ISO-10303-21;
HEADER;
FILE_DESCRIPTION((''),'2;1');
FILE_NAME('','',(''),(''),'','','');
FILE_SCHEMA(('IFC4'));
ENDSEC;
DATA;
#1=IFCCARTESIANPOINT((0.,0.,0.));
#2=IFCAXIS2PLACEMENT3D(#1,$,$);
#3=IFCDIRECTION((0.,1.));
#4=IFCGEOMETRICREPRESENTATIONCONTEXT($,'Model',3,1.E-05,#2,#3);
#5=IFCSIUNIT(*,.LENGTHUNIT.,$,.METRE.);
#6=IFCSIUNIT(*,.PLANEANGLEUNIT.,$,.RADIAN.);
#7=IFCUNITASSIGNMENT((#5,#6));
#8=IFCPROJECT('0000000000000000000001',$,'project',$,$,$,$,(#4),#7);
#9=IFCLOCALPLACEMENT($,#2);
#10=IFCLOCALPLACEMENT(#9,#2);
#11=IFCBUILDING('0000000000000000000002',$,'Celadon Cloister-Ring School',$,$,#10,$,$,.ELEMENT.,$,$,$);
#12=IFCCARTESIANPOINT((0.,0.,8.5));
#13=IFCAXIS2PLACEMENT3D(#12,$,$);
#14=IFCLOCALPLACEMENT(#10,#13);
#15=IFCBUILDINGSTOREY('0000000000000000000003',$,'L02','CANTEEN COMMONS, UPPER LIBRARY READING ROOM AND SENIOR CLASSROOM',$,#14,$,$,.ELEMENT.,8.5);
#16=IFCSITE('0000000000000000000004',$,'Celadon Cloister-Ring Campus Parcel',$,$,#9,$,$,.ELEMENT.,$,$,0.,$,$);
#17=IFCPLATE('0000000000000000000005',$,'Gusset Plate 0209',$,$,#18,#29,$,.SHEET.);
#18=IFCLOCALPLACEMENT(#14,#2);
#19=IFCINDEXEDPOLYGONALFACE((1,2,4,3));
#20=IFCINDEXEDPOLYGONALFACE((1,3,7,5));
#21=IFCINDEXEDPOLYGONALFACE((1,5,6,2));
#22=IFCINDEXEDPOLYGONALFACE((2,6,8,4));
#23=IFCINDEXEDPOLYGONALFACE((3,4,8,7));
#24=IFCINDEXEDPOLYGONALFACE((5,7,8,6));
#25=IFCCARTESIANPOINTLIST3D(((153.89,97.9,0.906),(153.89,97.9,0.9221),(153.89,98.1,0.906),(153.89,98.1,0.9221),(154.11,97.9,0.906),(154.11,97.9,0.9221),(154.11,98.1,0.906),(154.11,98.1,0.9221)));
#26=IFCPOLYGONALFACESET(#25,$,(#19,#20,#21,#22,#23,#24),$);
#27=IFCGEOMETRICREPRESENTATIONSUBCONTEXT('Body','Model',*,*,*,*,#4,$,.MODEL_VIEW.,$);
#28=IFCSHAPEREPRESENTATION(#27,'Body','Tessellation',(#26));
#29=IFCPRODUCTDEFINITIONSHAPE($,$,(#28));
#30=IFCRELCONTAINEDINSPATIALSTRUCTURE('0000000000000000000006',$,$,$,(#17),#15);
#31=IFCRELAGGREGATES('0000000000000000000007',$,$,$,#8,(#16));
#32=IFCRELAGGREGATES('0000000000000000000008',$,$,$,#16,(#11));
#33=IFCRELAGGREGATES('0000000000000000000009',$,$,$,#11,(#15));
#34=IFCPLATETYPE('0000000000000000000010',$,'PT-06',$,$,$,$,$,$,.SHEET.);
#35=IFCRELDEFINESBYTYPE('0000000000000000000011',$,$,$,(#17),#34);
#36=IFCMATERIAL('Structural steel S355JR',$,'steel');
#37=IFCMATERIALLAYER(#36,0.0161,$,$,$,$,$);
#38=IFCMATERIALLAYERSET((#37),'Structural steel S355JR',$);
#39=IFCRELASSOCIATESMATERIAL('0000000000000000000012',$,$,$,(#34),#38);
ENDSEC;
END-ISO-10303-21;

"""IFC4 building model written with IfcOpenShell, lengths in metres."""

from ifc_helpers import new_model, si_unit, direction, frame, origin, origin_2d, place, context, subcontext, project, spatial, rectangle, extrude, material, layer, layer_set, type_object, element, save


model = new_model("IFC4")

# Units and contexts
model_context = context("Model", 3, precision=1e-05, world=origin(), true_north=direction((0.0, 1.0)))
body_context = subcontext(model_context, "Body", "Model", "MODEL_VIEW")
ifc_project = project(units=[si_unit("LENGTHUNIT", "METRE"), si_unit("PLANEANGLEUNIT", "RADIAN")], contexts=[model_context])

# Site, building, storey
site_placement = place(None, origin())
site = spatial("IfcSite", under=ifc_project, at=site_placement, Name="Celadon Cloister-Ring Campus Parcel", CompositionType="ELEMENT", RefElevation=0.0)
building_placement = place(site_placement, origin())
building = spatial("IfcBuilding", under=site, at=building_placement, Name="Celadon Cloister-Ring School", CompositionType="ELEMENT")
storey_placement = place(building_placement, frame((0.0, 0.0, 8.5)))
storey = spatial("IfcBuildingStorey", under=building, at=storey_placement, Name="L02", Description="CANTEEN COMMONS, UPPER LIBRARY READING ROOM AND SENIOR CLASSROOM", CompositionType="ELEMENT", Elevation=8.5)

# Plate
ifc_material_1 = material(Name="Structural steel S355JR", Category="steel")
ifc_layer_1 = layer(ifc_material_1, 0.0161)
ifc_layer_set_1 = layer_set([ifc_layer_1], Name="Structural steel S355JR")
plate_type_1 = type_object("IfcPlateType", Name="PT-06", PredefinedType="SHEET", material=ifc_layer_set_1)
for number, where, z_axis, x_axis, name in (
    (1, (154.0, 98.0, 0.906), (0.0, 0.0, 1.0), (1.0, 0.0, 0.0), "Gusset Plate 0209"),
):
    element("IfcPlate", number, at=place(storey_placement, frame(where, z_axis=z_axis, x_axis=x_axis)), inside=storey, type_object=plate_type_1, Name=name, PredefinedType="SHEET", context=body_context, shape_type="SweptSolid", body=[
        extrude(rectangle(XDim=0.22, YDim=0.2, at=origin_2d()), origin(), (0.0, 0.0, 1.0), 0.0161),
    ])

save(model, "model.ifc")
